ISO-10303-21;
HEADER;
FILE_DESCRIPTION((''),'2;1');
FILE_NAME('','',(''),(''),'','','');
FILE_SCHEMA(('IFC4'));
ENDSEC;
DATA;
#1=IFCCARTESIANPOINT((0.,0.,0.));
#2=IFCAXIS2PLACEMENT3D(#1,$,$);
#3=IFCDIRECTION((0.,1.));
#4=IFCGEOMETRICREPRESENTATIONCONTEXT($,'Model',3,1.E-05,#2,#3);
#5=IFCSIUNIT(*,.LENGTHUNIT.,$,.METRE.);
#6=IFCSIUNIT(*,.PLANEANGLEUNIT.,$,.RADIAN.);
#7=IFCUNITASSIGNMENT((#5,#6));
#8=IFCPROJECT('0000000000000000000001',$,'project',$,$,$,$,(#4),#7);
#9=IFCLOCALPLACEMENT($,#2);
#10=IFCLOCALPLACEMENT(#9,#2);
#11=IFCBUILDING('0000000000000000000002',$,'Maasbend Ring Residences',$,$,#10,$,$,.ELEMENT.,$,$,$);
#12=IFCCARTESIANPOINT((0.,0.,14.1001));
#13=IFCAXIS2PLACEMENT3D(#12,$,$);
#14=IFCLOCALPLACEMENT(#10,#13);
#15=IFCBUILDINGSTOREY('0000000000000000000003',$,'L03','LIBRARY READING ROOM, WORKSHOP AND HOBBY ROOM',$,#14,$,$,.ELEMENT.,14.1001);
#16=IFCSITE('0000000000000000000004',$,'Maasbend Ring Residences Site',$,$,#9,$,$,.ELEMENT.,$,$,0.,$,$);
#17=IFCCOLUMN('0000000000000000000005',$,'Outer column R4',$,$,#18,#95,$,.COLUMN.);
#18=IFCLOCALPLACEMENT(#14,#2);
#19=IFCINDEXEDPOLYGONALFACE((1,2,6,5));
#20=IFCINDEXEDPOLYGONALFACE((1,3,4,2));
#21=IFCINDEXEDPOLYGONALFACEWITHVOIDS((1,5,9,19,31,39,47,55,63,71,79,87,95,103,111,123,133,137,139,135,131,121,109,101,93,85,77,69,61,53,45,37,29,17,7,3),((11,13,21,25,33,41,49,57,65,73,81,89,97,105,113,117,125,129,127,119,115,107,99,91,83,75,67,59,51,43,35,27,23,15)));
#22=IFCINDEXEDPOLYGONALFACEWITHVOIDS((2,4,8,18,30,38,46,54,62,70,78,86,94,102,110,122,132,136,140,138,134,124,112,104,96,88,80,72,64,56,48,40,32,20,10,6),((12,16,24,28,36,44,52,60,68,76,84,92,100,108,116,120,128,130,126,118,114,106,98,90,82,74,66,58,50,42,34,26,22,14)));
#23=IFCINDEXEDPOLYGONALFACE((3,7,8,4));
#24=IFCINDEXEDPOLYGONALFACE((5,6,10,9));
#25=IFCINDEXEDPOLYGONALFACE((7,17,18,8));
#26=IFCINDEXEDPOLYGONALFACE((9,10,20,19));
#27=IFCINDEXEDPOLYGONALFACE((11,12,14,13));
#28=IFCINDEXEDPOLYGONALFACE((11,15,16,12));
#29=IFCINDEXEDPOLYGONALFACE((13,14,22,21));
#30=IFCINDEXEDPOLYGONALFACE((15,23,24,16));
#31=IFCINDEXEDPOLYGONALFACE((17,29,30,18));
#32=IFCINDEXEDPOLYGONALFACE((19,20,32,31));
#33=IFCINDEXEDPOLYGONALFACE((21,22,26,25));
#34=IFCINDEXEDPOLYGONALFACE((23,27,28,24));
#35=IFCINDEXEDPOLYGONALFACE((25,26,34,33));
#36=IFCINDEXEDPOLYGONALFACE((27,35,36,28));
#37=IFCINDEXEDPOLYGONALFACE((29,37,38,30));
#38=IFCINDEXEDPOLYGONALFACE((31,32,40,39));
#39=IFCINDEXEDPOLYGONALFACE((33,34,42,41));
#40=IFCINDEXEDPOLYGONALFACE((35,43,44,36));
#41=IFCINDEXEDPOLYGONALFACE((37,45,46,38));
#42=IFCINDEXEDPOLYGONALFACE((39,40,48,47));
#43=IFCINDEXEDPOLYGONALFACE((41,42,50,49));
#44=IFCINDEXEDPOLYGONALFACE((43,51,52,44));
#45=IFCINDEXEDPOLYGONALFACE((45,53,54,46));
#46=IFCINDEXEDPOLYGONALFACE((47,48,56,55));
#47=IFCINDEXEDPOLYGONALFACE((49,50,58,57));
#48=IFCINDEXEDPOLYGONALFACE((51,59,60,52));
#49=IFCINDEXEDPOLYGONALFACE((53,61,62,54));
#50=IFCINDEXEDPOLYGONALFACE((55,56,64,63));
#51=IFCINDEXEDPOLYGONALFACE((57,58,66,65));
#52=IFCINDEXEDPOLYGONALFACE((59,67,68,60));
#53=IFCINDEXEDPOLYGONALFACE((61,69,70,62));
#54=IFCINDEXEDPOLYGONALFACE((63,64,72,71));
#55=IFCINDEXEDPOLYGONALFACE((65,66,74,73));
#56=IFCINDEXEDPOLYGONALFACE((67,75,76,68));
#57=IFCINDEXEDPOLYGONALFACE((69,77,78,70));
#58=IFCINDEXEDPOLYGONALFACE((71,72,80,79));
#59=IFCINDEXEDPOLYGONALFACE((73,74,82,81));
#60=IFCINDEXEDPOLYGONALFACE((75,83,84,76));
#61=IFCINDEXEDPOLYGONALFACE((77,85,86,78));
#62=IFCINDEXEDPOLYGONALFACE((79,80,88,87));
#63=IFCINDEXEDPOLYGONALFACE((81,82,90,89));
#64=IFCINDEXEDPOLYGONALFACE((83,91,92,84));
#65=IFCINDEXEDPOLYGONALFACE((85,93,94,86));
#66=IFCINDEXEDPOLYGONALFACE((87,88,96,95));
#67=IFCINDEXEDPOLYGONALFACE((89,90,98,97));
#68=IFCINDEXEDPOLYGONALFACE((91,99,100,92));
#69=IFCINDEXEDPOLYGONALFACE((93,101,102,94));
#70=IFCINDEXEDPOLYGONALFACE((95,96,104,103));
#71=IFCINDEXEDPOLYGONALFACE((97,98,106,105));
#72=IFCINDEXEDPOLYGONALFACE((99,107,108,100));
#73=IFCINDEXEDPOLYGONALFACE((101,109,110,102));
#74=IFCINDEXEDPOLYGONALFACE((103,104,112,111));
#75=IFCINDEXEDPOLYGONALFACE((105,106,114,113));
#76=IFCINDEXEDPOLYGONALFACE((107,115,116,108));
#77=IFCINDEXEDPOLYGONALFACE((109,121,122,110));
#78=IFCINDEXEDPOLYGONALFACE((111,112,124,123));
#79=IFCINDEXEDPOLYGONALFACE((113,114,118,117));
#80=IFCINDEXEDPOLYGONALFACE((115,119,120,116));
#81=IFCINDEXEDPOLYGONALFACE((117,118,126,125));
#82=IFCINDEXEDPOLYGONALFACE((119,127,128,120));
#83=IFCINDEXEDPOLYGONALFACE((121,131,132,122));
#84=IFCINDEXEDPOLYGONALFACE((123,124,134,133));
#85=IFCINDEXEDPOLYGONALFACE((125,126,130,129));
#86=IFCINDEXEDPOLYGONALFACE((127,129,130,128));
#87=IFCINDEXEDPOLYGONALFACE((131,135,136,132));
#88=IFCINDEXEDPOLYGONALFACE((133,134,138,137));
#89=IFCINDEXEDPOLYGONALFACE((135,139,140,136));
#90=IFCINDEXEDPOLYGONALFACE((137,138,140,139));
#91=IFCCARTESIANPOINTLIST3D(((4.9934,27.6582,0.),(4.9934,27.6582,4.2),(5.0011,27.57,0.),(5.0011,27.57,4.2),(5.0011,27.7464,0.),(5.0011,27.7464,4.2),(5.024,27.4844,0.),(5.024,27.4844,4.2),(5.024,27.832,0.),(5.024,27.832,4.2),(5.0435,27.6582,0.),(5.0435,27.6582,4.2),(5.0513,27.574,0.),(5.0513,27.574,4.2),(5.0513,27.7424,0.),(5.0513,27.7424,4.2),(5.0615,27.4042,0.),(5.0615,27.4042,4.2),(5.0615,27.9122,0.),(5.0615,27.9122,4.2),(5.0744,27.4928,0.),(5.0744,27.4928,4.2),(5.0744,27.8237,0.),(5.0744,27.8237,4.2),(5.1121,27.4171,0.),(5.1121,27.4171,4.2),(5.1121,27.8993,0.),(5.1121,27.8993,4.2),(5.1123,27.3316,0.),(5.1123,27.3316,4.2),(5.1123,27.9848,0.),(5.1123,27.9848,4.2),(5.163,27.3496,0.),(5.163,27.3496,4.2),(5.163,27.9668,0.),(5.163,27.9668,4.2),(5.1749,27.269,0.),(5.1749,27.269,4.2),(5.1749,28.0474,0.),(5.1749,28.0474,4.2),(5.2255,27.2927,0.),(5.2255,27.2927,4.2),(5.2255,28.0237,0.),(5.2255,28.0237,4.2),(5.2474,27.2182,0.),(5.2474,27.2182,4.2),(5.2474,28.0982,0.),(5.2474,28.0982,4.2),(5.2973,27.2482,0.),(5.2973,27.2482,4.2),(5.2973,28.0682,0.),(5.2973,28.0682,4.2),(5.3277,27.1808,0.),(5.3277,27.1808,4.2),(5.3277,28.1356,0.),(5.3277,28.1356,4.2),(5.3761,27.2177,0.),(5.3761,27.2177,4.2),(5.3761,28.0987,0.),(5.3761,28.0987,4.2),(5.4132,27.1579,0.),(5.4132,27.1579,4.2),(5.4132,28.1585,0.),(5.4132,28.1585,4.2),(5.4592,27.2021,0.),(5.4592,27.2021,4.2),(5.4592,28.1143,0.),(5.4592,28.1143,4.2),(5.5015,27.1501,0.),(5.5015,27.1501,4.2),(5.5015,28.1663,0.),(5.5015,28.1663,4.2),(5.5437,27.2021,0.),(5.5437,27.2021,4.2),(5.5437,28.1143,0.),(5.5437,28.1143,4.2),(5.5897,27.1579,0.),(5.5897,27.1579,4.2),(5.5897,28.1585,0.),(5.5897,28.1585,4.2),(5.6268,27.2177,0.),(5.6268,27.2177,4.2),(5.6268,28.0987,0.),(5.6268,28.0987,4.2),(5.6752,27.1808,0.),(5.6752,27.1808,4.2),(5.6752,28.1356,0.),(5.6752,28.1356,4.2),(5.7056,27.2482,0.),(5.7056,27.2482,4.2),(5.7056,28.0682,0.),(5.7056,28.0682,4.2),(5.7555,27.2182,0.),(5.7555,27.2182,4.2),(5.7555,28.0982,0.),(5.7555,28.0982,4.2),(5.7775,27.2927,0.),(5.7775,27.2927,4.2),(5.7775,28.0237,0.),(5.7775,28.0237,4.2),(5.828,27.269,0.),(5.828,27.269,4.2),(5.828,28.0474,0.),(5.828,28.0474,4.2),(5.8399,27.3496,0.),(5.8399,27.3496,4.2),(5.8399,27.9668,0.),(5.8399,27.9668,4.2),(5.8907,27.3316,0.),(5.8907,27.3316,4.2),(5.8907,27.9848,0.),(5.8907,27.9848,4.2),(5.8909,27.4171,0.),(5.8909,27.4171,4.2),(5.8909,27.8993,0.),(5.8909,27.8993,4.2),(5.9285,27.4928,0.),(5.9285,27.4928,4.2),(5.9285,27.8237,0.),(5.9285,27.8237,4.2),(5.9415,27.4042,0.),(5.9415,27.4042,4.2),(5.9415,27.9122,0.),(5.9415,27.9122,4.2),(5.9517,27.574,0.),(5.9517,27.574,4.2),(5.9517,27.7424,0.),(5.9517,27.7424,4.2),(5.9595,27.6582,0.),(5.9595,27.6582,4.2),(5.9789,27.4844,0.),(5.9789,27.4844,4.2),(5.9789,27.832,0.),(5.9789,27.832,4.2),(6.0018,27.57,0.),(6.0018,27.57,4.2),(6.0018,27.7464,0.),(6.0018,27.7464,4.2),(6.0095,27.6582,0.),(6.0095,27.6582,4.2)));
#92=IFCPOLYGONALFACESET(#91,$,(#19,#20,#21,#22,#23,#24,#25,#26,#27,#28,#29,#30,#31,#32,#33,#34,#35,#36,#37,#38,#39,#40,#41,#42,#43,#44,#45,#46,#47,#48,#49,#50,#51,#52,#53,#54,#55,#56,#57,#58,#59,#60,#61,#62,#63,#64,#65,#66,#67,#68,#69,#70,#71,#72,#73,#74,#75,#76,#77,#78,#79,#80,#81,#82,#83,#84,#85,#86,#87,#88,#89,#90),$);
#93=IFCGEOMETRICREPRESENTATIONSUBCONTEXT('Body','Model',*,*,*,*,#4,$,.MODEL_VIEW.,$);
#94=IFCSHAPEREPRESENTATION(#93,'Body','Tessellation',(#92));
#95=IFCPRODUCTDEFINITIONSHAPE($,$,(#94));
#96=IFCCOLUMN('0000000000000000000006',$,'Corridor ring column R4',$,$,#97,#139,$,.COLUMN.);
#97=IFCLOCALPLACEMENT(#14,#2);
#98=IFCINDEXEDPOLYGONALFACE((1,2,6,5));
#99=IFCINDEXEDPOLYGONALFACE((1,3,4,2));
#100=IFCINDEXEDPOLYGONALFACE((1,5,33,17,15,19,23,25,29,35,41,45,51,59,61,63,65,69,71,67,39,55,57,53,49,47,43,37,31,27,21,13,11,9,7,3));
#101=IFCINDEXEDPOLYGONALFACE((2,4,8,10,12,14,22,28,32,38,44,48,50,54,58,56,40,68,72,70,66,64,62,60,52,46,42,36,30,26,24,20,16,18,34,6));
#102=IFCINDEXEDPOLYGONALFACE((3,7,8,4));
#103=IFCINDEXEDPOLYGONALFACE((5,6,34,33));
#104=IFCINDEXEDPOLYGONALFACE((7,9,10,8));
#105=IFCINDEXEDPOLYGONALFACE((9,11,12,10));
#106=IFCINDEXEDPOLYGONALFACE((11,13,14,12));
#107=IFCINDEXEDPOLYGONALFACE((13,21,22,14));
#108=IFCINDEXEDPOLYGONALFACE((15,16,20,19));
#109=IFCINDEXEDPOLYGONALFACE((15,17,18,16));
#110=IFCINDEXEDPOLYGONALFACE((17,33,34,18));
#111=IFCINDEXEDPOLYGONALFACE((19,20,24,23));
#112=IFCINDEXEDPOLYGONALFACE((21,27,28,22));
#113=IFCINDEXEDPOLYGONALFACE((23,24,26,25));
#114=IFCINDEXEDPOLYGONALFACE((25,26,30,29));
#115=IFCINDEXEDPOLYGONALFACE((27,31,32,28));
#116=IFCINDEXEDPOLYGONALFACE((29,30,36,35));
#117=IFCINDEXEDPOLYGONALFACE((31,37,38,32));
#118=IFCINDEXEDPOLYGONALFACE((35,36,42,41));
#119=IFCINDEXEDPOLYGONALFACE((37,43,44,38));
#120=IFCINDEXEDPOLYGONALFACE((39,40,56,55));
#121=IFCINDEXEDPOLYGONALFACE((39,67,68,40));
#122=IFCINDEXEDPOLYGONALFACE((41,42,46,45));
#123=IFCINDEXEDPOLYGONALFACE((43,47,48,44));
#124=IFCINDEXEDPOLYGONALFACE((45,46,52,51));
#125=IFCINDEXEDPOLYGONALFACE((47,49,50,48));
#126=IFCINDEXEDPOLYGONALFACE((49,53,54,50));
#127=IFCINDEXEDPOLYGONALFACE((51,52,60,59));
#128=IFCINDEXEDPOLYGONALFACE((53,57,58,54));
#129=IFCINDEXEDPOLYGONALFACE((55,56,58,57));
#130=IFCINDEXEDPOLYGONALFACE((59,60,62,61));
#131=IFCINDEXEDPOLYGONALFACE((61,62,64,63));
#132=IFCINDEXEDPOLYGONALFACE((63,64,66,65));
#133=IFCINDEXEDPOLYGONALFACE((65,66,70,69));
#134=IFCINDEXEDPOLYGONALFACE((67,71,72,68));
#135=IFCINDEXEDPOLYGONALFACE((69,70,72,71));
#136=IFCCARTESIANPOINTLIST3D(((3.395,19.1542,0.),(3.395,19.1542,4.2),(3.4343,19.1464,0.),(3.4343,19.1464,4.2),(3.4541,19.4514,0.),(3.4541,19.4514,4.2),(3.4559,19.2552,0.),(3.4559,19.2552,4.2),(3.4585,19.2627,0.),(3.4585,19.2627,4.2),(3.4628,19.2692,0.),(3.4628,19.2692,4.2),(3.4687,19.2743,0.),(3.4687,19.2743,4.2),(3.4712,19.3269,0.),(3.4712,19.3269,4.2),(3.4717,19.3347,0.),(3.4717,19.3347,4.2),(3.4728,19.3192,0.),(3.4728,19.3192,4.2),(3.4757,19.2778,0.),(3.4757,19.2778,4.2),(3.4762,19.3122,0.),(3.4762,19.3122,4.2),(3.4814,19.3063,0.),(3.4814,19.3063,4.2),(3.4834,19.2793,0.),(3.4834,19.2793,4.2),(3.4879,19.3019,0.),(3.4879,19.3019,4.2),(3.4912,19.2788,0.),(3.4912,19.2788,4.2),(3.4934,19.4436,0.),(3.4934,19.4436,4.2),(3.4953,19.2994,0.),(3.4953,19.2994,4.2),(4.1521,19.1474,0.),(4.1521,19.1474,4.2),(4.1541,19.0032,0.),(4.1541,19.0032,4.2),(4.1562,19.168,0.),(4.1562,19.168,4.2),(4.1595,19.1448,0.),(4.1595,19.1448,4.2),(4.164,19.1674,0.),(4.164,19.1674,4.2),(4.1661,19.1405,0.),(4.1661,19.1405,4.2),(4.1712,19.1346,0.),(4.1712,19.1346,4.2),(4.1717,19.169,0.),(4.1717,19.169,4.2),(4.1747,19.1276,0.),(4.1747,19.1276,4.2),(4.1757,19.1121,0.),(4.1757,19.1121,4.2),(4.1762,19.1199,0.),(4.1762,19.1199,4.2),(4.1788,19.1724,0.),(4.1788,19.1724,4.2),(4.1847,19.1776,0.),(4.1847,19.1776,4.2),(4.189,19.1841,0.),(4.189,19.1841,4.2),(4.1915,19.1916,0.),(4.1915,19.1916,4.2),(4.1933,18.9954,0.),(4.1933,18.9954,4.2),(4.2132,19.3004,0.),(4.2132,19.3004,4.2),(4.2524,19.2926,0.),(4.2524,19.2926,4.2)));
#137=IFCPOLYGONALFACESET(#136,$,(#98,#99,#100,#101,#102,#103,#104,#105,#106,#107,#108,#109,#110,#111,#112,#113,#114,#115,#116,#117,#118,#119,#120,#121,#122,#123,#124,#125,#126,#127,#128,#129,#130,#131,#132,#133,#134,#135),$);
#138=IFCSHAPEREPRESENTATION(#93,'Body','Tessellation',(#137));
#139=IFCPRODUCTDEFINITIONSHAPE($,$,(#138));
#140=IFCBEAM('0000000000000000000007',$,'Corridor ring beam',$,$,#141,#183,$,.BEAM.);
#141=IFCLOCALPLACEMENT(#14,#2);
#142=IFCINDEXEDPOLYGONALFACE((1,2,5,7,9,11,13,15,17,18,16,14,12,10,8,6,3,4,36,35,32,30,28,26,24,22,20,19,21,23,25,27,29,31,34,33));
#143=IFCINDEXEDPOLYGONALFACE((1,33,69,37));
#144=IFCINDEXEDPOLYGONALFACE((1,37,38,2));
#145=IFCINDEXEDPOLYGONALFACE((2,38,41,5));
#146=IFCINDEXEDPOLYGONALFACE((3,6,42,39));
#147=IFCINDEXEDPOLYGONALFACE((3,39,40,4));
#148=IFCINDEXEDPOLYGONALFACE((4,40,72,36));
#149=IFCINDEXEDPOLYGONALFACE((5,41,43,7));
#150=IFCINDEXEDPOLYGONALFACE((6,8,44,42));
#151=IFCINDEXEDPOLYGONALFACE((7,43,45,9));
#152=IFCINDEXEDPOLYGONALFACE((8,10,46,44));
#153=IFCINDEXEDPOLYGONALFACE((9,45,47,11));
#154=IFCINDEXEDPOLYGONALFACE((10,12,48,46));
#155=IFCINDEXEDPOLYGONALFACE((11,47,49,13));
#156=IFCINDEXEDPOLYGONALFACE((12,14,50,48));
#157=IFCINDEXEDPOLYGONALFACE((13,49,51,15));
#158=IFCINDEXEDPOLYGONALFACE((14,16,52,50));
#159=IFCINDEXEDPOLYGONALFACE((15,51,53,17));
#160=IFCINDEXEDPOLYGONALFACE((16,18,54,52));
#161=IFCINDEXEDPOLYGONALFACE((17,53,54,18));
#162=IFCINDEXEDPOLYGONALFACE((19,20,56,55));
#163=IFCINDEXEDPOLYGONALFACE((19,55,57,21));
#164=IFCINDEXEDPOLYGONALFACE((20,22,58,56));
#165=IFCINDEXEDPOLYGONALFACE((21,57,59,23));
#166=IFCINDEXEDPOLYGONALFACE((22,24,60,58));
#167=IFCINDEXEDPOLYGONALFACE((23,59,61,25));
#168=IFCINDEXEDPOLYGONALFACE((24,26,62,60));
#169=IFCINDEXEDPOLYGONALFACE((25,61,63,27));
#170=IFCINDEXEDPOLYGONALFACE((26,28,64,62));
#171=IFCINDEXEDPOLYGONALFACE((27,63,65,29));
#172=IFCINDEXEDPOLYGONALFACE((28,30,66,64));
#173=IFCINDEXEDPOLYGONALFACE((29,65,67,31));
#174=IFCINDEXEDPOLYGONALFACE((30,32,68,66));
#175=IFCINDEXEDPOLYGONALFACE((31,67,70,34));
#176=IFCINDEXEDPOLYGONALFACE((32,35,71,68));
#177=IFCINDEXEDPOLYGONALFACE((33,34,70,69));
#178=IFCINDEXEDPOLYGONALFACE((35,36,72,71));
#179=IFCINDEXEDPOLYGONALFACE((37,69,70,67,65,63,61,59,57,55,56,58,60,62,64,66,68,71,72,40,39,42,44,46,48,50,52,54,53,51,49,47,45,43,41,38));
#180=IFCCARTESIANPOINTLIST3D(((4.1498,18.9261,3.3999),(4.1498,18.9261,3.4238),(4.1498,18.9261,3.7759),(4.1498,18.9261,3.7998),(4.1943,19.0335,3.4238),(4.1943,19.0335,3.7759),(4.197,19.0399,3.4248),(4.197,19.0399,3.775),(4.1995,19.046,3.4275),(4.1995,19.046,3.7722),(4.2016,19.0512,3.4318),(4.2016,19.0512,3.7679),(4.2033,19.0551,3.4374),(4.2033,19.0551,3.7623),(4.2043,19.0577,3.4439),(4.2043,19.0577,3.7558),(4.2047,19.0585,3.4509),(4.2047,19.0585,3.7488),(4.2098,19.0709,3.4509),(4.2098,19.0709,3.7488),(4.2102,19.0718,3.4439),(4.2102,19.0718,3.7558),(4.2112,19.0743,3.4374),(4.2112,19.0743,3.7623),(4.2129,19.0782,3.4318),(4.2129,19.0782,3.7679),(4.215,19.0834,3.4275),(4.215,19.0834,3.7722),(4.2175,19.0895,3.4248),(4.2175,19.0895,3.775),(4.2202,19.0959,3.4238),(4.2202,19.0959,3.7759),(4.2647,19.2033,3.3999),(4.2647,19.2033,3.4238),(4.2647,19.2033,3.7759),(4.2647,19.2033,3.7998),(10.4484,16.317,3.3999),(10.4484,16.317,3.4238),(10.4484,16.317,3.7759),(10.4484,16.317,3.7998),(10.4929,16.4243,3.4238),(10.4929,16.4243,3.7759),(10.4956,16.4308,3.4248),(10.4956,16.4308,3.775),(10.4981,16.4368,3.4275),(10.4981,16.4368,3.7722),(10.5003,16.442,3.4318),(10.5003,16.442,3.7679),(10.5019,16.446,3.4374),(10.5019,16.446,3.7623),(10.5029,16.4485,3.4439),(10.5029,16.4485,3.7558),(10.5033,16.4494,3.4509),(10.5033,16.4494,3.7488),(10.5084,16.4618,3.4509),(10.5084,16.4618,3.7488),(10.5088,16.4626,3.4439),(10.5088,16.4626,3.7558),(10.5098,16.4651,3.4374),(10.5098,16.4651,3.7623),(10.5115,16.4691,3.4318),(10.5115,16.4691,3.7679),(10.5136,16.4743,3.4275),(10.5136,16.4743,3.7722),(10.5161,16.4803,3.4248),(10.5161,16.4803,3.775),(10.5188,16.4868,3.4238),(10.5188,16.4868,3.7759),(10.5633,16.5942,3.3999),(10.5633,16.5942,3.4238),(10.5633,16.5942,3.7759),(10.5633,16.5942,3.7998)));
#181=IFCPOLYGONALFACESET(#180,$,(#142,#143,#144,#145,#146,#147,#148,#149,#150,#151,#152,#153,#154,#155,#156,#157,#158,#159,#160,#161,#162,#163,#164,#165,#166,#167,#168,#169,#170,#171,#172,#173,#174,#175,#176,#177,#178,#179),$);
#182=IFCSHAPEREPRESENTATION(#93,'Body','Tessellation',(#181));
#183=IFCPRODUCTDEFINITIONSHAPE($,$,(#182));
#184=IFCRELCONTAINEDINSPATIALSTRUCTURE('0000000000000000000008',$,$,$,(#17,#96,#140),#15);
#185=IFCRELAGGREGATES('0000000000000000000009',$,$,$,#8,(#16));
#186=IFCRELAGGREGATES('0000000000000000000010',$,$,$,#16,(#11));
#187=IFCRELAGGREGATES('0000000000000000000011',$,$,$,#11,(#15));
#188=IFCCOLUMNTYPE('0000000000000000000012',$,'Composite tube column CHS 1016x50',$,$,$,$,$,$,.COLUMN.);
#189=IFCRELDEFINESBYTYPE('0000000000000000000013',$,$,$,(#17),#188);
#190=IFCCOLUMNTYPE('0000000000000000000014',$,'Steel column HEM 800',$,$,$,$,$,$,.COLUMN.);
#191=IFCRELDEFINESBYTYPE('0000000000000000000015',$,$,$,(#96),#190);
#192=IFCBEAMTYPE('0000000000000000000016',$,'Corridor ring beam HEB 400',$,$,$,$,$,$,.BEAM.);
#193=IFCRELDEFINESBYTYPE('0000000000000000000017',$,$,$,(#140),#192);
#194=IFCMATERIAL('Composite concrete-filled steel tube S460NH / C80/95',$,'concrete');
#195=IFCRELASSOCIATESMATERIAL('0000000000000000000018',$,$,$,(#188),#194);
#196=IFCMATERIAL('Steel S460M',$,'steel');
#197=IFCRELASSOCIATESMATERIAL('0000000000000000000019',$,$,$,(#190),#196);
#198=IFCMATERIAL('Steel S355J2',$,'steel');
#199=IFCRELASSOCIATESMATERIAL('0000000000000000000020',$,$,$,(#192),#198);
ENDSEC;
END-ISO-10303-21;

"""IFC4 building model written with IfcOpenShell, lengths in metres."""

from ifc_helpers import new_model, si_unit, direction, frame, origin, origin_2d, place, context, subcontext, project, spatial, hollow_circle, i_section, extrude, material, material_profile, profile_set, type_object, element, save


model = new_model("IFC4")

# Units and contexts
model_context = context("Model", 3, precision=1e-05, world=origin(), true_north=direction((0.0, 1.0)))
body_context = subcontext(model_context, "Body", "Model", "MODEL_VIEW")
ifc_project = project(units=[si_unit("LENGTHUNIT", "METRE"), si_unit("PLANEANGLEUNIT", "RADIAN")], contexts=[model_context])

# Site, building, storey
site_placement = place(None, origin())
site = spatial("IfcSite", under=ifc_project, at=site_placement, Name="Maasbend Ring Residences Site", CompositionType="ELEMENT", RefElevation=0.0)
building_placement = place(site_placement, origin())
building = spatial("IfcBuilding", under=site, at=building_placement, Name="Maasbend Ring Residences", CompositionType="ELEMENT")
storey_placement = place(building_placement, frame((0.0, 0.0, 14.1001)))
storey = spatial("IfcBuildingStorey", under=building, at=storey_placement, Name="L03", Description="LIBRARY READING ROOM, WORKSHOP AND HOBBY ROOM", CompositionType="ELEMENT", Elevation=14.1001)

# Columns
ifc_material_1 = material(Name="Composite concrete-filled steel tube S460NH / C80/95", Category="concrete")
ifc_material_profile_1 = material_profile(ifc_material_1, hollow_circle(Radius=0.5081, WallThickness=0.05, at=origin_2d()), Name="Composite tube column CHS 1016x50")
ifc_profile_set_1 = profile_set([ifc_material_profile_1], Name="Composite concrete-filled steel tube S460NH / C80/95")
column_type_1 = type_object("IfcColumnType", Name="Composite tube column CHS 1016x50", PredefinedType="COLUMN", material=ifc_profile_set_1)
column_1_placement = place(storey_placement, frame((5.5015, 27.6582, 0.0), z_axis=(0.0, 0.0, 1.0), x_axis=(1.0, 0.0, 0.0)))
element("IfcColumn", 1, at=column_1_placement, inside=storey, type_object=column_type_1, Name="Outer column R4", PredefinedType="COLUMN", context=body_context, shape_type="SweptSolid", body=[
    extrude(hollow_circle(Radius=0.5081, WallThickness=0.05, at=origin_2d()), origin(), (0.0, 0.0, 1.0), 4.2),
])
ifc_material_2 = material(Name="Steel S460M", Category="steel")
ifc_material_profile_2 = material_profile(ifc_material_2, i_section(OverallWidth=0.303, OverallDepth=0.814, WebThickness=0.021, FlangeThickness=0.04, FilletRadius=0.03, at=origin_2d()), Name="HEM 800")
ifc_profile_set_2 = profile_set([ifc_material_profile_2], Name="Steel S460M")
column_type_2 = type_object("IfcColumnType", Name="Steel column HEM 800", PredefinedType="COLUMN", material=ifc_profile_set_2)
column_2_placement = place(storey_placement, frame((3.8237, 19.2234, 0.0), z_axis=(0.0, 0.0, 1.0), x_axis=(0.19509, 0.980785, 0.0)))
element("IfcColumn", 2, at=column_2_placement, inside=storey, type_object=column_type_2, Name="Corridor ring column R4", PredefinedType="COLUMN", context=body_context, shape_type="SweptSolid", body=[
    extrude(i_section(OverallWidth=0.303, OverallDepth=0.814, WebThickness=0.021, FlangeThickness=0.04, FilletRadius=0.03, at=origin_2d()), origin(), (0.0, 0.0, 1.0), 4.2),
])

# Beam
ifc_material_3 = material(Name="Steel S355J2", Category="steel")
ifc_material_profile_3 = material_profile(ifc_material_3, i_section(OverallWidth=0.3, OverallDepth=0.3999, WebThickness=0.0134, FlangeThickness=0.0239, FilletRadius=0.0271, at=origin_2d()), Name="HEB 400")
ifc_profile_set_3 = profile_set([ifc_material_profile_3], Name="Steel S355J2")
beam_type = type_object("IfcBeamType", Name="Corridor ring beam HEB 400", PredefinedType="BEAM", material=ifc_profile_set_3)
beam_1_placement = place(storey_placement, frame((10.5059, 16.4556, 3.5999), z_axis=(-0.923871, 0.382705, 0.0), x_axis=(-0.382705, -0.923871, 0.0)))
element("IfcBeam", 3, at=beam_1_placement, inside=storey, type_object=beam_type, Name="Corridor ring beam", PredefinedType="BEAM", context=body_context, shape_type="SweptSolid", body=[
    extrude(i_section(OverallWidth=0.3, OverallDepth=0.3999, WebThickness=0.0134, FlangeThickness=0.0239, FilletRadius=0.0271, at=origin_2d()), origin(), (0.0, 0.0, 1.0), 6.8176),
])

save(model, "model.ifc")
